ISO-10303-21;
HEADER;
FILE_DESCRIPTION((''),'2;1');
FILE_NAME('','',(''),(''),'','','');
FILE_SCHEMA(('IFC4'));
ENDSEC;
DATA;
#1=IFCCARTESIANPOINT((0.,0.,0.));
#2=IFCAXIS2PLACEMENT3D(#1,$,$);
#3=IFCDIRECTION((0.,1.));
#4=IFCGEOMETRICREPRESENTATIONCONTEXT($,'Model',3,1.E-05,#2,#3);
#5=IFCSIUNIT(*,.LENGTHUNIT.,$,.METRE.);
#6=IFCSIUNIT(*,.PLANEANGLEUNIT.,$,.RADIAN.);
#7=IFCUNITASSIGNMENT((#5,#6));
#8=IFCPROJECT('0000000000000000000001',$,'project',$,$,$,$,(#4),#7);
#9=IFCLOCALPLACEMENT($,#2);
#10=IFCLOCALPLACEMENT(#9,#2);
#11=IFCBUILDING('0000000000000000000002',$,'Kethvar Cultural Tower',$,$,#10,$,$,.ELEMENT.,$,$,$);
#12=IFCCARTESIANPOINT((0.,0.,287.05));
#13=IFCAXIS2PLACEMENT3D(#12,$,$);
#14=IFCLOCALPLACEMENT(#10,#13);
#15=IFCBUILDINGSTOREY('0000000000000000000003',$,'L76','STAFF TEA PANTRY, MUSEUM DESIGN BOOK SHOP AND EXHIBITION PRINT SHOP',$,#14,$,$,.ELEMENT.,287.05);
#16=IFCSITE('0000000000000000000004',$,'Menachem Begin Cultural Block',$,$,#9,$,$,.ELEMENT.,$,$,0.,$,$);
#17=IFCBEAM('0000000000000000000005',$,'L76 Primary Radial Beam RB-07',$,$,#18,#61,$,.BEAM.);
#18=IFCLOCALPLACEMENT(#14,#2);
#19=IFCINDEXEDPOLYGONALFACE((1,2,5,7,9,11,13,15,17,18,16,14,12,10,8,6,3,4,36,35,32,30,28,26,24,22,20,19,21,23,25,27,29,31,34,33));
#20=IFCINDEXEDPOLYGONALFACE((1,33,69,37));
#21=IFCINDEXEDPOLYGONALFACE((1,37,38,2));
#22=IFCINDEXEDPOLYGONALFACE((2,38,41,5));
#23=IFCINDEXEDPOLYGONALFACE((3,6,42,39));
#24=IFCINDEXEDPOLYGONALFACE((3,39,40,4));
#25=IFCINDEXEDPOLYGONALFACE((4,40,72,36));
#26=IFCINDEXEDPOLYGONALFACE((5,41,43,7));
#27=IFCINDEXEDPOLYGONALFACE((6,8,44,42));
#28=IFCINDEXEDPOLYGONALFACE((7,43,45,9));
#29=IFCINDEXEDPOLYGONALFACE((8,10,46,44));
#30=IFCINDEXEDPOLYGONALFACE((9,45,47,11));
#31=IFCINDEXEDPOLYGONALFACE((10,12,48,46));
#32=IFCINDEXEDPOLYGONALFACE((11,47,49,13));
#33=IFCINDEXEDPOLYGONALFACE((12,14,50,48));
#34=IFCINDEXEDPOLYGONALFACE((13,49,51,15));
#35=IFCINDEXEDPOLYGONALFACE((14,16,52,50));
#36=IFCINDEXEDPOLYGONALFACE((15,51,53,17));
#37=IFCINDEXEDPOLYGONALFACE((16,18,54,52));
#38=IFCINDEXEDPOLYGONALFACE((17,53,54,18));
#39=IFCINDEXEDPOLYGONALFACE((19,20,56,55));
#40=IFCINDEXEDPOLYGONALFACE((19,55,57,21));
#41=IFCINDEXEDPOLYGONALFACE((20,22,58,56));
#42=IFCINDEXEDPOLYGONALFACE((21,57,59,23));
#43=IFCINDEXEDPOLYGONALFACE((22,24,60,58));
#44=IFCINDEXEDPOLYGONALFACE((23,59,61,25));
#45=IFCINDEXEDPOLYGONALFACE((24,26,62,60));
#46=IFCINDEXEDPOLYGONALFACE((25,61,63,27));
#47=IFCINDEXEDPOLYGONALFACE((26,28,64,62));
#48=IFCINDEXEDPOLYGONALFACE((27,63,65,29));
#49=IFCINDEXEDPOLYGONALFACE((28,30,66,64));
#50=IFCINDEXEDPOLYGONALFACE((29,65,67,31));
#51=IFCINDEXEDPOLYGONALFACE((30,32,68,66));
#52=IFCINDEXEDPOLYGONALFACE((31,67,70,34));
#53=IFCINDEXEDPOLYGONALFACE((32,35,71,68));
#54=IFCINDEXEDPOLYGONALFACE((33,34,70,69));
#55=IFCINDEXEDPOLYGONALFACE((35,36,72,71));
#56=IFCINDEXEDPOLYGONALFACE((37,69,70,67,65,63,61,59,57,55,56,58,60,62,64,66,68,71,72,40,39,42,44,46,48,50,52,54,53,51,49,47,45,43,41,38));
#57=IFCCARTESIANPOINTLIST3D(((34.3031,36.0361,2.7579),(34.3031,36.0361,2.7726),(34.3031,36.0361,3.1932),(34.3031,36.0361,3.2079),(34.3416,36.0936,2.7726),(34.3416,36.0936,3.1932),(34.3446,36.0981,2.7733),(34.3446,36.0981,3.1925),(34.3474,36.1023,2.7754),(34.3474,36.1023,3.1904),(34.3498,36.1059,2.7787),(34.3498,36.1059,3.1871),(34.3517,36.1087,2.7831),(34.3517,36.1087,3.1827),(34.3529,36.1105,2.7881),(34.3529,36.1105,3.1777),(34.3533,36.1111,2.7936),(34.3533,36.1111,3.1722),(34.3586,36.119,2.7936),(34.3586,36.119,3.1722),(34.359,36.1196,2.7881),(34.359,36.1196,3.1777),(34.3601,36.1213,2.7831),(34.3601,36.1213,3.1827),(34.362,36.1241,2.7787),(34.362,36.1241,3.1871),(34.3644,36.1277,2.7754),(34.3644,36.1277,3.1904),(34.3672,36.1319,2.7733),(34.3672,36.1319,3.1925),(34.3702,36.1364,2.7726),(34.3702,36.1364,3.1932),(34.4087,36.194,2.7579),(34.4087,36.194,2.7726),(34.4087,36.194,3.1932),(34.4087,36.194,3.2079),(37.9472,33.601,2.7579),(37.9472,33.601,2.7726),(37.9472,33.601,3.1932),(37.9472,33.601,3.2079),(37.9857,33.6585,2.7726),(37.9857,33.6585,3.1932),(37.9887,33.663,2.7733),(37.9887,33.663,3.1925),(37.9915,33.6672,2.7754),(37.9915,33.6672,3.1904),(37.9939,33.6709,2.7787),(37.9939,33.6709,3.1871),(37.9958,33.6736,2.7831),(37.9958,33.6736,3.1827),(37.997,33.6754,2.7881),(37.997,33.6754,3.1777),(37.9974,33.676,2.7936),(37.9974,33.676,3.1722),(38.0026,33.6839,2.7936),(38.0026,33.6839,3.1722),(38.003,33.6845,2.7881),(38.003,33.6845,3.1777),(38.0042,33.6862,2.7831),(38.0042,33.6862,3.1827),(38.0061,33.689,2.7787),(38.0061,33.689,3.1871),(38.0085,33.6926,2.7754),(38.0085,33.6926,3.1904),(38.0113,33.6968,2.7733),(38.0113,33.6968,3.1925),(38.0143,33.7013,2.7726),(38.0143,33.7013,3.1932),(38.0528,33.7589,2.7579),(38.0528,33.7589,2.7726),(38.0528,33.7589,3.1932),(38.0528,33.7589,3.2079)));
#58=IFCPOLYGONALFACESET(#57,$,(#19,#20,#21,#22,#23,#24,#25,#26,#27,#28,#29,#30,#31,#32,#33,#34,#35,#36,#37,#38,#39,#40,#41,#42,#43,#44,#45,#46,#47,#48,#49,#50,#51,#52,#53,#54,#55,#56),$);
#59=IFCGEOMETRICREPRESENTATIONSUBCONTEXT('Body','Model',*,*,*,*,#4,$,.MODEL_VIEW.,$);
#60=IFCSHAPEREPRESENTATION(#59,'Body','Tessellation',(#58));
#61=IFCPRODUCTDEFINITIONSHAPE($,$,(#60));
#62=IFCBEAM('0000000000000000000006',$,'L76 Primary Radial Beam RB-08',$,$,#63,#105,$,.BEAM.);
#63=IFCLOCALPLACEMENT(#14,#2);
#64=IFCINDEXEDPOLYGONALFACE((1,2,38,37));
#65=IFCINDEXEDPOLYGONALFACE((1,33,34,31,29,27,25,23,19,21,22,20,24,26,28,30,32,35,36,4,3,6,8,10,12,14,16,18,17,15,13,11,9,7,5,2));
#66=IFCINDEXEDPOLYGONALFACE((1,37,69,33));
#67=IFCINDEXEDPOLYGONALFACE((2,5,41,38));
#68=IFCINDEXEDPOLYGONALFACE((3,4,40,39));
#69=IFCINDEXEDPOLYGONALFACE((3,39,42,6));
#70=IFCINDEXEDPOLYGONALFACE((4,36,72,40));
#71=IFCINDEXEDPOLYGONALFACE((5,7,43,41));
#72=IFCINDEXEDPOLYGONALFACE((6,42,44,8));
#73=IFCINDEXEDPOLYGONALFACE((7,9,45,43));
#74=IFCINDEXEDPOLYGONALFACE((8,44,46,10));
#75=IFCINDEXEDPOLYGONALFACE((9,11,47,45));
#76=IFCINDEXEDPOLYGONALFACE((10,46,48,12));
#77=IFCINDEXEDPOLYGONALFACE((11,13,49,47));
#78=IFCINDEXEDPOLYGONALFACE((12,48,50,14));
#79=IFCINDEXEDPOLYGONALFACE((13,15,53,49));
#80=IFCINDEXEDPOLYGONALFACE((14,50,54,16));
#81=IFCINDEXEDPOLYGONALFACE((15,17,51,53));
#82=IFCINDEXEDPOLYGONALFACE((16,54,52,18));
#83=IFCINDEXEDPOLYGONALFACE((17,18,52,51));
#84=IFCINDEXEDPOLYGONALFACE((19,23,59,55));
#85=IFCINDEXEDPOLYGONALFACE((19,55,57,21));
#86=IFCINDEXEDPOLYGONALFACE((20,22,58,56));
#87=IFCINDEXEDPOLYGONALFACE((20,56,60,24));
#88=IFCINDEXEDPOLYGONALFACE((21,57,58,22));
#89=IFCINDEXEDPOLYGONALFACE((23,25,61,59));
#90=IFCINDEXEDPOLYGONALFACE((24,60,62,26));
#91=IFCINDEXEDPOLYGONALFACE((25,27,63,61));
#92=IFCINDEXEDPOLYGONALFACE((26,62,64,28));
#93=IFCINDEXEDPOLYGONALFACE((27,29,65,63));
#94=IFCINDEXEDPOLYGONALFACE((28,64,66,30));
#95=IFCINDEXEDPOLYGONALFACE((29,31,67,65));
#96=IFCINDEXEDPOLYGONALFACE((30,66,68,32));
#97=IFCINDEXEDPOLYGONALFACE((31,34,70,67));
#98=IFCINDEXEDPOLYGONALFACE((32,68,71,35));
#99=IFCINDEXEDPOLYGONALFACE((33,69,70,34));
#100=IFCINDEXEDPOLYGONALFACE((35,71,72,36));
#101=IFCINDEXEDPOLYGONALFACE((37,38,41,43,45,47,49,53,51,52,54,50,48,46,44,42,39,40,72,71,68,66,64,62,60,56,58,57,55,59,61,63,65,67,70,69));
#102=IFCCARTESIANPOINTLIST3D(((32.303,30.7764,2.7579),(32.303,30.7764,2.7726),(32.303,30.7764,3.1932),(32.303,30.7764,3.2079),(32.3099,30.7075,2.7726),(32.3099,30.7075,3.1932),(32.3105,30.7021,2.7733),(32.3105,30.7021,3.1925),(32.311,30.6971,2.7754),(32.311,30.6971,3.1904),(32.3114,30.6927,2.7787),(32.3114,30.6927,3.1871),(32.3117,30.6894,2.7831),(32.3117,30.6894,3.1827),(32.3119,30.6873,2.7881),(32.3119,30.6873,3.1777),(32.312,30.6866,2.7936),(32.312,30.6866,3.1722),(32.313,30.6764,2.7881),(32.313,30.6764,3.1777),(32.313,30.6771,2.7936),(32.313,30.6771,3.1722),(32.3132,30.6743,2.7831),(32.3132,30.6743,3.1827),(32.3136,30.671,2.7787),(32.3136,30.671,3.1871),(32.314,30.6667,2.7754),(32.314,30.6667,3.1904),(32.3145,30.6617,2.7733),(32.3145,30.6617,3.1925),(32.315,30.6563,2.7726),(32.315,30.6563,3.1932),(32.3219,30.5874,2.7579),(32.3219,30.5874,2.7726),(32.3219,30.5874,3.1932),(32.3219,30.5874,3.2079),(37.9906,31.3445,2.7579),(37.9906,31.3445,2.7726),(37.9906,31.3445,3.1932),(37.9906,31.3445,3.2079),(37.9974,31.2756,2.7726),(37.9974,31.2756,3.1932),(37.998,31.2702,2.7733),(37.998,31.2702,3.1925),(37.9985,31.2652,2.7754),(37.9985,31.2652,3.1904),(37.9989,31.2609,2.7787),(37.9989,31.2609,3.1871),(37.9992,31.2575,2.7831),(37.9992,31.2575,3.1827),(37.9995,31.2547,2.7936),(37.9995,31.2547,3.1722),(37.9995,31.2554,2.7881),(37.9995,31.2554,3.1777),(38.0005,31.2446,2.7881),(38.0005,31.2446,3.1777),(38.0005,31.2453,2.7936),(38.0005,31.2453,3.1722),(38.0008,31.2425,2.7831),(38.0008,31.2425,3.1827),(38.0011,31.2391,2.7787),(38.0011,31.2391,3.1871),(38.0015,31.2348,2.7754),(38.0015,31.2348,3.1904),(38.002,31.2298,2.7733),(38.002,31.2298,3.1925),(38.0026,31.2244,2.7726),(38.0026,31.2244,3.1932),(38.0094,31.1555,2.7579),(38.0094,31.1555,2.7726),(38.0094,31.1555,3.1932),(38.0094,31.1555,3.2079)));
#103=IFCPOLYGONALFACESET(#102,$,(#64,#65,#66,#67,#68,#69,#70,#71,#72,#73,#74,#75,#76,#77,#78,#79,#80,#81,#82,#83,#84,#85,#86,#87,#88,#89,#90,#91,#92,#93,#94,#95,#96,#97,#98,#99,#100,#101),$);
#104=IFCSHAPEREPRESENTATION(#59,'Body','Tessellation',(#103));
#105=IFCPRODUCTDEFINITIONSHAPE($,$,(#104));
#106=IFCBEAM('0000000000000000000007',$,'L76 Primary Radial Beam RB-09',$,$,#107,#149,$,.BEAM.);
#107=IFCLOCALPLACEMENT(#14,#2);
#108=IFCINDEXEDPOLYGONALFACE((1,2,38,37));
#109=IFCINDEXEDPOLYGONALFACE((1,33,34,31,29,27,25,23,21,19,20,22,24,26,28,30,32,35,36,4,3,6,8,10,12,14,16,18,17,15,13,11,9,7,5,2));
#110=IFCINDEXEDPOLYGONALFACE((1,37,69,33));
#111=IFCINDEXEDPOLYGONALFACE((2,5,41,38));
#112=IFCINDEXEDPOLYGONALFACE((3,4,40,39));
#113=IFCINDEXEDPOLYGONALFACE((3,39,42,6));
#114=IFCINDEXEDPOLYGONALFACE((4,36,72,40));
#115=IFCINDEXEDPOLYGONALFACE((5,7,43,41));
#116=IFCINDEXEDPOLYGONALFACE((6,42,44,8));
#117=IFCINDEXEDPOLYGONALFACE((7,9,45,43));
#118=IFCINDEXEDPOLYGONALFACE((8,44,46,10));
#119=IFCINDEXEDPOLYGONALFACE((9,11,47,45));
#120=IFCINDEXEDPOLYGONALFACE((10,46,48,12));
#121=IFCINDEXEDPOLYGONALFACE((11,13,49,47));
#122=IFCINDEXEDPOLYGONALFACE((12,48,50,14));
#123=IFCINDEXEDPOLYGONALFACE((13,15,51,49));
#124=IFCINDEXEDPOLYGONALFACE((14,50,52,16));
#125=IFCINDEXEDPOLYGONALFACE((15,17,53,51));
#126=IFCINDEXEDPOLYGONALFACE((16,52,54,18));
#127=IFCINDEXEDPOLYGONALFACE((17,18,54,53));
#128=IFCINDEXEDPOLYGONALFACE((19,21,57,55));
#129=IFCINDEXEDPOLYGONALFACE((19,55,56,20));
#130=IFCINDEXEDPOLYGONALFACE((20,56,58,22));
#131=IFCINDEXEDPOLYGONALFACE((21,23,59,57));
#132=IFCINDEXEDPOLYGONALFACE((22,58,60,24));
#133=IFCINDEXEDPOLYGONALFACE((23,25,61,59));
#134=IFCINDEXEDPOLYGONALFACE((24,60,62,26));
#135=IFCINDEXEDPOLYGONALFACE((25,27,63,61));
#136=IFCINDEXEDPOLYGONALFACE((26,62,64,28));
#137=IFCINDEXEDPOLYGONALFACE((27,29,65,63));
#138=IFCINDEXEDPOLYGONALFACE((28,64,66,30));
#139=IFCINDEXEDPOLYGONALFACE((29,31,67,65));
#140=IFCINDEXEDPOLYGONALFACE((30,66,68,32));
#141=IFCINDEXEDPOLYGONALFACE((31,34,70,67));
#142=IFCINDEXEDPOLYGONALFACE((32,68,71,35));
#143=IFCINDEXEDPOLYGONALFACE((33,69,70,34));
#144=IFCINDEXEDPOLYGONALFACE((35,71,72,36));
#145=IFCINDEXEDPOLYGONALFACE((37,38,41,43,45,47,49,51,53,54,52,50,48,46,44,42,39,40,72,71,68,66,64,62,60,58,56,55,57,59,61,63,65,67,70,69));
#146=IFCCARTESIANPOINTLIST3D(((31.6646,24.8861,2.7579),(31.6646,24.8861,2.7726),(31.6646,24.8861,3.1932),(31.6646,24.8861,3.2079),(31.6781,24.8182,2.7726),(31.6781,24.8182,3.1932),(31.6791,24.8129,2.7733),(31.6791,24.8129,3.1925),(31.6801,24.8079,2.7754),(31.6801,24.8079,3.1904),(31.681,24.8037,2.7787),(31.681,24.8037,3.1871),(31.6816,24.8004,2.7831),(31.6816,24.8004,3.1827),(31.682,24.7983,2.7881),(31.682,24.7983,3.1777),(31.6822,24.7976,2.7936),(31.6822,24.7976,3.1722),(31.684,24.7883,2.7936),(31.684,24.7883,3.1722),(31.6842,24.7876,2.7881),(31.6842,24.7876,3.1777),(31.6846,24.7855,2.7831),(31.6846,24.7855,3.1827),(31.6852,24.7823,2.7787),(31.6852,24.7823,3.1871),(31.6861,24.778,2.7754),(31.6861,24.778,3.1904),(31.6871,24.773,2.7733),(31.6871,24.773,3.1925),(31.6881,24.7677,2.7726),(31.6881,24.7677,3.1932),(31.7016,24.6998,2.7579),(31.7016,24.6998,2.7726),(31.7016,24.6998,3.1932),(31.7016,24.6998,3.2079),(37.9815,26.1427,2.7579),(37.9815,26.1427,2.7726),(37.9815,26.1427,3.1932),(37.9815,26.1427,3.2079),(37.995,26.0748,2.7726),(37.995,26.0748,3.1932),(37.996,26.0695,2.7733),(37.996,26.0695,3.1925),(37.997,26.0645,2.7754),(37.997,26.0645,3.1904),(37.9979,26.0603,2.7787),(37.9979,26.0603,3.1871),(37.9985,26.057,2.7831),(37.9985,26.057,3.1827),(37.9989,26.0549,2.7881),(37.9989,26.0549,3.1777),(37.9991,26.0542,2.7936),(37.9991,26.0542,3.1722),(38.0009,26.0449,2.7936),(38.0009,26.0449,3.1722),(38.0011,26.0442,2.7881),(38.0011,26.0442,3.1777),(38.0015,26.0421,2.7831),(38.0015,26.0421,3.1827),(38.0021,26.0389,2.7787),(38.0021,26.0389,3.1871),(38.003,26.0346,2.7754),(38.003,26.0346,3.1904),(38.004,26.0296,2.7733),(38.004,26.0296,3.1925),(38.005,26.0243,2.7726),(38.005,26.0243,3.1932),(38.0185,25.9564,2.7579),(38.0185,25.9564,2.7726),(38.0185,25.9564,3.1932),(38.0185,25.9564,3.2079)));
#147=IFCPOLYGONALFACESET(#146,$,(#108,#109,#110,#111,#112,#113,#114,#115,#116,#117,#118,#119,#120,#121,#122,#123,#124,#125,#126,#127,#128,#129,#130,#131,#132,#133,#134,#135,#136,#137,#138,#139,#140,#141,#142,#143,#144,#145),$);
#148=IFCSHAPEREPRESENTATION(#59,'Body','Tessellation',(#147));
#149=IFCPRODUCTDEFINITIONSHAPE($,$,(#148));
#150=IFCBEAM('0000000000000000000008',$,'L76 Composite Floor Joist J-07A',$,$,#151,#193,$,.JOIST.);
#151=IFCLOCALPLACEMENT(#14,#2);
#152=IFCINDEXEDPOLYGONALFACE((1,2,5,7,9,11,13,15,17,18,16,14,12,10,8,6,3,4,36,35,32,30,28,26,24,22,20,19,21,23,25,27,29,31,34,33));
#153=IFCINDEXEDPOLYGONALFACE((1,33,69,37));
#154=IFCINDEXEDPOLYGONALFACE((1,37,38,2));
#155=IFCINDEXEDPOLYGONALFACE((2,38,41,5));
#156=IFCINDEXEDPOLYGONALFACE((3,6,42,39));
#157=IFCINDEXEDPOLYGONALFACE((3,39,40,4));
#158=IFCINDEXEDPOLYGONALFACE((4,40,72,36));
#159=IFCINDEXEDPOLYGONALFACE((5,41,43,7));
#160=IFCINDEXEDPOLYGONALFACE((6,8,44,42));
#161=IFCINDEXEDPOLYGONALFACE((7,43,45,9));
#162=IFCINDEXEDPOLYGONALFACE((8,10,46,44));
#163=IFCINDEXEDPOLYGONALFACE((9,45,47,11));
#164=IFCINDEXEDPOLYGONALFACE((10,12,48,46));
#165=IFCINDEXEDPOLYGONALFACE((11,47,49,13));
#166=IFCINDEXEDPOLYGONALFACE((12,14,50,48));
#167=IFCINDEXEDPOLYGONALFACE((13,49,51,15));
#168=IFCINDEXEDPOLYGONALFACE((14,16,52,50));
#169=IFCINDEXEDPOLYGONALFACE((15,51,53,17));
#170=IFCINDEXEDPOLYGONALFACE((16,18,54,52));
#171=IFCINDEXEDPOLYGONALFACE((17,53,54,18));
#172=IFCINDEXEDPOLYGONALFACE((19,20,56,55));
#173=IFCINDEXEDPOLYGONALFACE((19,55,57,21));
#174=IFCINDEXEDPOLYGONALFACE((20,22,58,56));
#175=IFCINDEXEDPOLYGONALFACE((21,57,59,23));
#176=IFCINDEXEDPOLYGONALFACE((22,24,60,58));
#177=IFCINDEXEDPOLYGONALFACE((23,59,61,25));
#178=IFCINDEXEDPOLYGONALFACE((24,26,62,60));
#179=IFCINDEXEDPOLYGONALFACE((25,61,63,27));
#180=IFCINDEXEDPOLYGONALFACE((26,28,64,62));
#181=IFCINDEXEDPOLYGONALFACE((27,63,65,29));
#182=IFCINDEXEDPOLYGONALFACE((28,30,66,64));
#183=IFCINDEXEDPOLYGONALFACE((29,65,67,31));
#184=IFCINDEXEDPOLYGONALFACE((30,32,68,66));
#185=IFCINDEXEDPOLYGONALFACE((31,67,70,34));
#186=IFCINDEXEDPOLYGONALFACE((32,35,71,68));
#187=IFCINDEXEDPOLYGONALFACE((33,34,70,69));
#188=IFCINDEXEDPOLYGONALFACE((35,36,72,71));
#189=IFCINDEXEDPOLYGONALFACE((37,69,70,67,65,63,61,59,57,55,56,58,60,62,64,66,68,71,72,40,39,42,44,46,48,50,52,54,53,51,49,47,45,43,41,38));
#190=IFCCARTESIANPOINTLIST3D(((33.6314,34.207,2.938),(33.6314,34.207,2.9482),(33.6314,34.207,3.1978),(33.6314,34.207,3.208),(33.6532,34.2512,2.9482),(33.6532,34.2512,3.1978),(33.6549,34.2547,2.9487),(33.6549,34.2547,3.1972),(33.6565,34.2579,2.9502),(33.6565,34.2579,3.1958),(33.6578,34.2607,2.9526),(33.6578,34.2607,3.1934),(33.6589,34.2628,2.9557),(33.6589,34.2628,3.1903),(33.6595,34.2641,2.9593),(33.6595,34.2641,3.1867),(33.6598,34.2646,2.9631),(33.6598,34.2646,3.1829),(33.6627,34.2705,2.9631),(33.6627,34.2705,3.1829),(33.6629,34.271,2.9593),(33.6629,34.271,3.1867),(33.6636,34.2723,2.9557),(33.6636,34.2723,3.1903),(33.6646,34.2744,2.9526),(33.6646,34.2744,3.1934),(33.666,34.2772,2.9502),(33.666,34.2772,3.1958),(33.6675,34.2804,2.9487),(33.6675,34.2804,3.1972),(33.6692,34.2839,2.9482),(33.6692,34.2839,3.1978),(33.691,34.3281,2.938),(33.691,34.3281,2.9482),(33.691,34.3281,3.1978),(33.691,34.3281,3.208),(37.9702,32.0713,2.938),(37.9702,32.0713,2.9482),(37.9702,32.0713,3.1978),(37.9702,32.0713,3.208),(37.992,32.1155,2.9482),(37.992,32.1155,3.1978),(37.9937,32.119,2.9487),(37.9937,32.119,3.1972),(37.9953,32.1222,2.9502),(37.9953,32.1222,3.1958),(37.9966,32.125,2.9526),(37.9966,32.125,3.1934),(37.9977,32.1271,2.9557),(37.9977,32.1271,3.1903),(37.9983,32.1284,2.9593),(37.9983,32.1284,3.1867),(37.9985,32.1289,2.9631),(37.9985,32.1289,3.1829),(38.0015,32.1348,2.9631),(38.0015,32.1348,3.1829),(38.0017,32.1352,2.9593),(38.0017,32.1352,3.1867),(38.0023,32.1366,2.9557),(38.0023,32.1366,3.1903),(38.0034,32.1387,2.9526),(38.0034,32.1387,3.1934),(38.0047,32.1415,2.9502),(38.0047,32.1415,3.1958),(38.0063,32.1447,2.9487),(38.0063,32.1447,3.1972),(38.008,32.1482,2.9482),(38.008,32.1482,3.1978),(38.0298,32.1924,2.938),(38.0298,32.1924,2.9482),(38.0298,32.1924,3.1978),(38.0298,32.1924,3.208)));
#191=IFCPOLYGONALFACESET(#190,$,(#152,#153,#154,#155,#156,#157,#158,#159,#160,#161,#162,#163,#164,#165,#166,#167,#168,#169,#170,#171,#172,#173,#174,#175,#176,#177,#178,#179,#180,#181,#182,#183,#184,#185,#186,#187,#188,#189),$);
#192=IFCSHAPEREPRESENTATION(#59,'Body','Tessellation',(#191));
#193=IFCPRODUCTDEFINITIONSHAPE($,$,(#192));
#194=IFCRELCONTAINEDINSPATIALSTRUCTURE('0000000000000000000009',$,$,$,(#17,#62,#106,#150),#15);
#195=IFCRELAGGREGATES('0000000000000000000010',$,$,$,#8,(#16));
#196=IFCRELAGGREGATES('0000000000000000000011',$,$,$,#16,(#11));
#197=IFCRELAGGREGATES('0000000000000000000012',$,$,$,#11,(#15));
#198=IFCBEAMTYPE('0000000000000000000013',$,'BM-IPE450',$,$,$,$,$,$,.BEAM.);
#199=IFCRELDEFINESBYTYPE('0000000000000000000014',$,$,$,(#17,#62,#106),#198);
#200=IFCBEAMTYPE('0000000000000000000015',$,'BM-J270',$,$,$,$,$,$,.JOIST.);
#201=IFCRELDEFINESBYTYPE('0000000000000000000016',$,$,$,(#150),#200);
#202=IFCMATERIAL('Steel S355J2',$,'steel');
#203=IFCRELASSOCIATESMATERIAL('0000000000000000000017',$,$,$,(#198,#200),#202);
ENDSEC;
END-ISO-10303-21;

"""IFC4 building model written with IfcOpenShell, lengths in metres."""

from ifc_helpers import new_model, si_unit, direction, frame, origin, origin_2d, place, context, subcontext, project, spatial, i_section, extrude, source, transform, mapped, material, material_profile, profile_set, type_object, element, save


model = new_model("IFC4")

# Units and contexts
model_context = context("Model", 3, precision=1e-05, world=origin(), true_north=direction((0.0, 1.0)))
body_context = subcontext(model_context, "Body", "Model", "MODEL_VIEW")
ifc_project = project(units=[si_unit("LENGTHUNIT", "METRE"), si_unit("PLANEANGLEUNIT", "RADIAN")], contexts=[model_context])

# Site, building, storey
site_placement = place(None, origin())
site = spatial("IfcSite", under=ifc_project, at=site_placement, Name="Menachem Begin Cultural Block", CompositionType="ELEMENT", RefElevation=0.0)
building_placement = place(site_placement, origin())
building = spatial("IfcBuilding", under=site, at=building_placement, Name="Kethvar Cultural Tower", CompositionType="ELEMENT")
storey_placement = place(building_placement, frame((0.0, 0.0, 287.05)))
storey = spatial("IfcBuildingStorey", under=building, at=storey_placement, Name="L76", Description="STAFF TEA PANTRY, MUSEUM DESIGN BOOK SHOP AND EXHIBITION PRINT SHOP", CompositionType="ELEMENT", Elevation=287.05)

# Beams
ifc_material_1 = material(Name="Steel S355J2", Category="steel")
ifc_material_profile_1 = material_profile(ifc_material_1, i_section(OverallWidth=0.1899, OverallDepth=0.45, WebThickness=0.0095, FlangeThickness=0.0146, FilletRadius=0.021, at=origin_2d()), Name="Steel S355J2 — IPE450")
ifc_profile_set_1 = profile_set([ifc_material_profile_1], Name="Steel S355J2 — IPE450")
beam_type_1 = type_object("IfcBeamType", Name="BM-IPE450", PredefinedType="BEAM", material=ifc_profile_set_1)
shared_shape_1 = source(origin(), body_context, "Body", "SweptSolid", [
    extrude(i_section(OverallWidth=0.1899, OverallDepth=0.45, WebThickness=0.0095, FlangeThickness=0.0146, FilletRadius=0.021, at=origin_2d()), origin(), (0.0, 0.0, 1.0), 4.3828),
])
beam_1_placement = place(storey_placement, frame((38.0, 33.6799, 2.9829), z_axis=(-0.83145, 0.5556, 0.0), x_axis=(-0.5556, -0.83145, 0.0)))
element("IfcBeam", 1, at=beam_1_placement, inside=storey, type_object=beam_type_1, Name="L76 Primary Radial Beam RB-07", PredefinedType="BEAM", context=body_context, shape_type="MappedRepresentation", body=[
    mapped(shared_shape_1, transform((0.0, 0.0, 0.0), scale=1.0)),
])
shared_shape_2 = source(origin(), body_context, "Body", "SweptSolid", [
    extrude(i_section(OverallWidth=0.1899, OverallDepth=0.45, WebThickness=0.0095, FlangeThickness=0.0146, FilletRadius=0.021, at=origin_2d()), origin(), (0.0, 0.0, 1.0), 5.7158),
])
beam_2_placement = place(storey_placement, frame((38.0, 31.25, 2.9829), z_axis=(-0.995048, -0.099394, 0.0), x_axis=(0.099394, -0.995048, 0.0)))
element("IfcBeam", 2, at=beam_2_placement, inside=storey, type_object=beam_type_1, Name="L76 Primary Radial Beam RB-08", PredefinedType="BEAM", context=body_context, shape_type="MappedRepresentation", body=[
    mapped(shared_shape_2, transform((0.0, 0.0, 0.0), scale=1.0)),
])
shared_shape_3 = source(origin(), body_context, "Body", "SweptSolid", [
    extrude(i_section(OverallWidth=0.1899, OverallDepth=0.45, WebThickness=0.0095, FlangeThickness=0.0146, FilletRadius=0.021, at=origin_2d()), origin(), (0.0, 0.0, 1.0), 6.4407),
])
beam_3_placement = place(storey_placement, frame((38.0, 26.0496, 2.9829), z_axis=(-0.980783, -0.195103, 0.0), x_axis=(0.195103, -0.980783, 0.0)))
element("IfcBeam", 3, at=beam_3_placement, inside=storey, type_object=beam_type_1, Name="L76 Primary Radial Beam RB-09", PredefinedType="BEAM", context=body_context, shape_type="MappedRepresentation", body=[
    mapped(shared_shape_3, transform((0.0, 0.0, 0.0), scale=1.0)),
])
ifc_material_profile_2 = material_profile(ifc_material_1, i_section(OverallWidth=0.135, OverallDepth=0.27, WebThickness=0.0066, FlangeThickness=0.0103, FilletRadius=0.0149, at=origin_2d()), Name="Steel S355J2 — IPE270")
ifc_profile_set_2 = profile_set([ifc_material_profile_2], Name="Steel S355J2 — IPE270")
beam_type_2 = type_object("IfcBeamType", Name="BM-J270", PredefinedType="JOIST", material=ifc_profile_set_2)
shared_shape_4 = source(origin(), body_context, "Body", "SweptSolid", [
    extrude(i_section(OverallWidth=0.135, OverallDepth=0.27, WebThickness=0.0066, FlangeThickness=0.0103, FilletRadius=0.0149, at=origin_2d()), origin(), (0.0, 0.0, 1.0), 4.8359),
])
beam_4_placement = place(storey_placement, frame((38.0, 32.1318, 3.073), z_axis=(-0.897197, 0.441632, 0.0), x_axis=(-0.441632, -0.897197, 0.0)))
element("IfcBeam", 4, at=beam_4_placement, inside=storey, type_object=beam_type_2, Name="L76 Composite Floor Joist J-07A", PredefinedType="JOIST", context=body_context, shape_type="MappedRepresentation", body=[
    mapped(shared_shape_4, transform((0.0, 0.0, 0.0), scale=1.0)),
])

save(model, "model.ifc")
